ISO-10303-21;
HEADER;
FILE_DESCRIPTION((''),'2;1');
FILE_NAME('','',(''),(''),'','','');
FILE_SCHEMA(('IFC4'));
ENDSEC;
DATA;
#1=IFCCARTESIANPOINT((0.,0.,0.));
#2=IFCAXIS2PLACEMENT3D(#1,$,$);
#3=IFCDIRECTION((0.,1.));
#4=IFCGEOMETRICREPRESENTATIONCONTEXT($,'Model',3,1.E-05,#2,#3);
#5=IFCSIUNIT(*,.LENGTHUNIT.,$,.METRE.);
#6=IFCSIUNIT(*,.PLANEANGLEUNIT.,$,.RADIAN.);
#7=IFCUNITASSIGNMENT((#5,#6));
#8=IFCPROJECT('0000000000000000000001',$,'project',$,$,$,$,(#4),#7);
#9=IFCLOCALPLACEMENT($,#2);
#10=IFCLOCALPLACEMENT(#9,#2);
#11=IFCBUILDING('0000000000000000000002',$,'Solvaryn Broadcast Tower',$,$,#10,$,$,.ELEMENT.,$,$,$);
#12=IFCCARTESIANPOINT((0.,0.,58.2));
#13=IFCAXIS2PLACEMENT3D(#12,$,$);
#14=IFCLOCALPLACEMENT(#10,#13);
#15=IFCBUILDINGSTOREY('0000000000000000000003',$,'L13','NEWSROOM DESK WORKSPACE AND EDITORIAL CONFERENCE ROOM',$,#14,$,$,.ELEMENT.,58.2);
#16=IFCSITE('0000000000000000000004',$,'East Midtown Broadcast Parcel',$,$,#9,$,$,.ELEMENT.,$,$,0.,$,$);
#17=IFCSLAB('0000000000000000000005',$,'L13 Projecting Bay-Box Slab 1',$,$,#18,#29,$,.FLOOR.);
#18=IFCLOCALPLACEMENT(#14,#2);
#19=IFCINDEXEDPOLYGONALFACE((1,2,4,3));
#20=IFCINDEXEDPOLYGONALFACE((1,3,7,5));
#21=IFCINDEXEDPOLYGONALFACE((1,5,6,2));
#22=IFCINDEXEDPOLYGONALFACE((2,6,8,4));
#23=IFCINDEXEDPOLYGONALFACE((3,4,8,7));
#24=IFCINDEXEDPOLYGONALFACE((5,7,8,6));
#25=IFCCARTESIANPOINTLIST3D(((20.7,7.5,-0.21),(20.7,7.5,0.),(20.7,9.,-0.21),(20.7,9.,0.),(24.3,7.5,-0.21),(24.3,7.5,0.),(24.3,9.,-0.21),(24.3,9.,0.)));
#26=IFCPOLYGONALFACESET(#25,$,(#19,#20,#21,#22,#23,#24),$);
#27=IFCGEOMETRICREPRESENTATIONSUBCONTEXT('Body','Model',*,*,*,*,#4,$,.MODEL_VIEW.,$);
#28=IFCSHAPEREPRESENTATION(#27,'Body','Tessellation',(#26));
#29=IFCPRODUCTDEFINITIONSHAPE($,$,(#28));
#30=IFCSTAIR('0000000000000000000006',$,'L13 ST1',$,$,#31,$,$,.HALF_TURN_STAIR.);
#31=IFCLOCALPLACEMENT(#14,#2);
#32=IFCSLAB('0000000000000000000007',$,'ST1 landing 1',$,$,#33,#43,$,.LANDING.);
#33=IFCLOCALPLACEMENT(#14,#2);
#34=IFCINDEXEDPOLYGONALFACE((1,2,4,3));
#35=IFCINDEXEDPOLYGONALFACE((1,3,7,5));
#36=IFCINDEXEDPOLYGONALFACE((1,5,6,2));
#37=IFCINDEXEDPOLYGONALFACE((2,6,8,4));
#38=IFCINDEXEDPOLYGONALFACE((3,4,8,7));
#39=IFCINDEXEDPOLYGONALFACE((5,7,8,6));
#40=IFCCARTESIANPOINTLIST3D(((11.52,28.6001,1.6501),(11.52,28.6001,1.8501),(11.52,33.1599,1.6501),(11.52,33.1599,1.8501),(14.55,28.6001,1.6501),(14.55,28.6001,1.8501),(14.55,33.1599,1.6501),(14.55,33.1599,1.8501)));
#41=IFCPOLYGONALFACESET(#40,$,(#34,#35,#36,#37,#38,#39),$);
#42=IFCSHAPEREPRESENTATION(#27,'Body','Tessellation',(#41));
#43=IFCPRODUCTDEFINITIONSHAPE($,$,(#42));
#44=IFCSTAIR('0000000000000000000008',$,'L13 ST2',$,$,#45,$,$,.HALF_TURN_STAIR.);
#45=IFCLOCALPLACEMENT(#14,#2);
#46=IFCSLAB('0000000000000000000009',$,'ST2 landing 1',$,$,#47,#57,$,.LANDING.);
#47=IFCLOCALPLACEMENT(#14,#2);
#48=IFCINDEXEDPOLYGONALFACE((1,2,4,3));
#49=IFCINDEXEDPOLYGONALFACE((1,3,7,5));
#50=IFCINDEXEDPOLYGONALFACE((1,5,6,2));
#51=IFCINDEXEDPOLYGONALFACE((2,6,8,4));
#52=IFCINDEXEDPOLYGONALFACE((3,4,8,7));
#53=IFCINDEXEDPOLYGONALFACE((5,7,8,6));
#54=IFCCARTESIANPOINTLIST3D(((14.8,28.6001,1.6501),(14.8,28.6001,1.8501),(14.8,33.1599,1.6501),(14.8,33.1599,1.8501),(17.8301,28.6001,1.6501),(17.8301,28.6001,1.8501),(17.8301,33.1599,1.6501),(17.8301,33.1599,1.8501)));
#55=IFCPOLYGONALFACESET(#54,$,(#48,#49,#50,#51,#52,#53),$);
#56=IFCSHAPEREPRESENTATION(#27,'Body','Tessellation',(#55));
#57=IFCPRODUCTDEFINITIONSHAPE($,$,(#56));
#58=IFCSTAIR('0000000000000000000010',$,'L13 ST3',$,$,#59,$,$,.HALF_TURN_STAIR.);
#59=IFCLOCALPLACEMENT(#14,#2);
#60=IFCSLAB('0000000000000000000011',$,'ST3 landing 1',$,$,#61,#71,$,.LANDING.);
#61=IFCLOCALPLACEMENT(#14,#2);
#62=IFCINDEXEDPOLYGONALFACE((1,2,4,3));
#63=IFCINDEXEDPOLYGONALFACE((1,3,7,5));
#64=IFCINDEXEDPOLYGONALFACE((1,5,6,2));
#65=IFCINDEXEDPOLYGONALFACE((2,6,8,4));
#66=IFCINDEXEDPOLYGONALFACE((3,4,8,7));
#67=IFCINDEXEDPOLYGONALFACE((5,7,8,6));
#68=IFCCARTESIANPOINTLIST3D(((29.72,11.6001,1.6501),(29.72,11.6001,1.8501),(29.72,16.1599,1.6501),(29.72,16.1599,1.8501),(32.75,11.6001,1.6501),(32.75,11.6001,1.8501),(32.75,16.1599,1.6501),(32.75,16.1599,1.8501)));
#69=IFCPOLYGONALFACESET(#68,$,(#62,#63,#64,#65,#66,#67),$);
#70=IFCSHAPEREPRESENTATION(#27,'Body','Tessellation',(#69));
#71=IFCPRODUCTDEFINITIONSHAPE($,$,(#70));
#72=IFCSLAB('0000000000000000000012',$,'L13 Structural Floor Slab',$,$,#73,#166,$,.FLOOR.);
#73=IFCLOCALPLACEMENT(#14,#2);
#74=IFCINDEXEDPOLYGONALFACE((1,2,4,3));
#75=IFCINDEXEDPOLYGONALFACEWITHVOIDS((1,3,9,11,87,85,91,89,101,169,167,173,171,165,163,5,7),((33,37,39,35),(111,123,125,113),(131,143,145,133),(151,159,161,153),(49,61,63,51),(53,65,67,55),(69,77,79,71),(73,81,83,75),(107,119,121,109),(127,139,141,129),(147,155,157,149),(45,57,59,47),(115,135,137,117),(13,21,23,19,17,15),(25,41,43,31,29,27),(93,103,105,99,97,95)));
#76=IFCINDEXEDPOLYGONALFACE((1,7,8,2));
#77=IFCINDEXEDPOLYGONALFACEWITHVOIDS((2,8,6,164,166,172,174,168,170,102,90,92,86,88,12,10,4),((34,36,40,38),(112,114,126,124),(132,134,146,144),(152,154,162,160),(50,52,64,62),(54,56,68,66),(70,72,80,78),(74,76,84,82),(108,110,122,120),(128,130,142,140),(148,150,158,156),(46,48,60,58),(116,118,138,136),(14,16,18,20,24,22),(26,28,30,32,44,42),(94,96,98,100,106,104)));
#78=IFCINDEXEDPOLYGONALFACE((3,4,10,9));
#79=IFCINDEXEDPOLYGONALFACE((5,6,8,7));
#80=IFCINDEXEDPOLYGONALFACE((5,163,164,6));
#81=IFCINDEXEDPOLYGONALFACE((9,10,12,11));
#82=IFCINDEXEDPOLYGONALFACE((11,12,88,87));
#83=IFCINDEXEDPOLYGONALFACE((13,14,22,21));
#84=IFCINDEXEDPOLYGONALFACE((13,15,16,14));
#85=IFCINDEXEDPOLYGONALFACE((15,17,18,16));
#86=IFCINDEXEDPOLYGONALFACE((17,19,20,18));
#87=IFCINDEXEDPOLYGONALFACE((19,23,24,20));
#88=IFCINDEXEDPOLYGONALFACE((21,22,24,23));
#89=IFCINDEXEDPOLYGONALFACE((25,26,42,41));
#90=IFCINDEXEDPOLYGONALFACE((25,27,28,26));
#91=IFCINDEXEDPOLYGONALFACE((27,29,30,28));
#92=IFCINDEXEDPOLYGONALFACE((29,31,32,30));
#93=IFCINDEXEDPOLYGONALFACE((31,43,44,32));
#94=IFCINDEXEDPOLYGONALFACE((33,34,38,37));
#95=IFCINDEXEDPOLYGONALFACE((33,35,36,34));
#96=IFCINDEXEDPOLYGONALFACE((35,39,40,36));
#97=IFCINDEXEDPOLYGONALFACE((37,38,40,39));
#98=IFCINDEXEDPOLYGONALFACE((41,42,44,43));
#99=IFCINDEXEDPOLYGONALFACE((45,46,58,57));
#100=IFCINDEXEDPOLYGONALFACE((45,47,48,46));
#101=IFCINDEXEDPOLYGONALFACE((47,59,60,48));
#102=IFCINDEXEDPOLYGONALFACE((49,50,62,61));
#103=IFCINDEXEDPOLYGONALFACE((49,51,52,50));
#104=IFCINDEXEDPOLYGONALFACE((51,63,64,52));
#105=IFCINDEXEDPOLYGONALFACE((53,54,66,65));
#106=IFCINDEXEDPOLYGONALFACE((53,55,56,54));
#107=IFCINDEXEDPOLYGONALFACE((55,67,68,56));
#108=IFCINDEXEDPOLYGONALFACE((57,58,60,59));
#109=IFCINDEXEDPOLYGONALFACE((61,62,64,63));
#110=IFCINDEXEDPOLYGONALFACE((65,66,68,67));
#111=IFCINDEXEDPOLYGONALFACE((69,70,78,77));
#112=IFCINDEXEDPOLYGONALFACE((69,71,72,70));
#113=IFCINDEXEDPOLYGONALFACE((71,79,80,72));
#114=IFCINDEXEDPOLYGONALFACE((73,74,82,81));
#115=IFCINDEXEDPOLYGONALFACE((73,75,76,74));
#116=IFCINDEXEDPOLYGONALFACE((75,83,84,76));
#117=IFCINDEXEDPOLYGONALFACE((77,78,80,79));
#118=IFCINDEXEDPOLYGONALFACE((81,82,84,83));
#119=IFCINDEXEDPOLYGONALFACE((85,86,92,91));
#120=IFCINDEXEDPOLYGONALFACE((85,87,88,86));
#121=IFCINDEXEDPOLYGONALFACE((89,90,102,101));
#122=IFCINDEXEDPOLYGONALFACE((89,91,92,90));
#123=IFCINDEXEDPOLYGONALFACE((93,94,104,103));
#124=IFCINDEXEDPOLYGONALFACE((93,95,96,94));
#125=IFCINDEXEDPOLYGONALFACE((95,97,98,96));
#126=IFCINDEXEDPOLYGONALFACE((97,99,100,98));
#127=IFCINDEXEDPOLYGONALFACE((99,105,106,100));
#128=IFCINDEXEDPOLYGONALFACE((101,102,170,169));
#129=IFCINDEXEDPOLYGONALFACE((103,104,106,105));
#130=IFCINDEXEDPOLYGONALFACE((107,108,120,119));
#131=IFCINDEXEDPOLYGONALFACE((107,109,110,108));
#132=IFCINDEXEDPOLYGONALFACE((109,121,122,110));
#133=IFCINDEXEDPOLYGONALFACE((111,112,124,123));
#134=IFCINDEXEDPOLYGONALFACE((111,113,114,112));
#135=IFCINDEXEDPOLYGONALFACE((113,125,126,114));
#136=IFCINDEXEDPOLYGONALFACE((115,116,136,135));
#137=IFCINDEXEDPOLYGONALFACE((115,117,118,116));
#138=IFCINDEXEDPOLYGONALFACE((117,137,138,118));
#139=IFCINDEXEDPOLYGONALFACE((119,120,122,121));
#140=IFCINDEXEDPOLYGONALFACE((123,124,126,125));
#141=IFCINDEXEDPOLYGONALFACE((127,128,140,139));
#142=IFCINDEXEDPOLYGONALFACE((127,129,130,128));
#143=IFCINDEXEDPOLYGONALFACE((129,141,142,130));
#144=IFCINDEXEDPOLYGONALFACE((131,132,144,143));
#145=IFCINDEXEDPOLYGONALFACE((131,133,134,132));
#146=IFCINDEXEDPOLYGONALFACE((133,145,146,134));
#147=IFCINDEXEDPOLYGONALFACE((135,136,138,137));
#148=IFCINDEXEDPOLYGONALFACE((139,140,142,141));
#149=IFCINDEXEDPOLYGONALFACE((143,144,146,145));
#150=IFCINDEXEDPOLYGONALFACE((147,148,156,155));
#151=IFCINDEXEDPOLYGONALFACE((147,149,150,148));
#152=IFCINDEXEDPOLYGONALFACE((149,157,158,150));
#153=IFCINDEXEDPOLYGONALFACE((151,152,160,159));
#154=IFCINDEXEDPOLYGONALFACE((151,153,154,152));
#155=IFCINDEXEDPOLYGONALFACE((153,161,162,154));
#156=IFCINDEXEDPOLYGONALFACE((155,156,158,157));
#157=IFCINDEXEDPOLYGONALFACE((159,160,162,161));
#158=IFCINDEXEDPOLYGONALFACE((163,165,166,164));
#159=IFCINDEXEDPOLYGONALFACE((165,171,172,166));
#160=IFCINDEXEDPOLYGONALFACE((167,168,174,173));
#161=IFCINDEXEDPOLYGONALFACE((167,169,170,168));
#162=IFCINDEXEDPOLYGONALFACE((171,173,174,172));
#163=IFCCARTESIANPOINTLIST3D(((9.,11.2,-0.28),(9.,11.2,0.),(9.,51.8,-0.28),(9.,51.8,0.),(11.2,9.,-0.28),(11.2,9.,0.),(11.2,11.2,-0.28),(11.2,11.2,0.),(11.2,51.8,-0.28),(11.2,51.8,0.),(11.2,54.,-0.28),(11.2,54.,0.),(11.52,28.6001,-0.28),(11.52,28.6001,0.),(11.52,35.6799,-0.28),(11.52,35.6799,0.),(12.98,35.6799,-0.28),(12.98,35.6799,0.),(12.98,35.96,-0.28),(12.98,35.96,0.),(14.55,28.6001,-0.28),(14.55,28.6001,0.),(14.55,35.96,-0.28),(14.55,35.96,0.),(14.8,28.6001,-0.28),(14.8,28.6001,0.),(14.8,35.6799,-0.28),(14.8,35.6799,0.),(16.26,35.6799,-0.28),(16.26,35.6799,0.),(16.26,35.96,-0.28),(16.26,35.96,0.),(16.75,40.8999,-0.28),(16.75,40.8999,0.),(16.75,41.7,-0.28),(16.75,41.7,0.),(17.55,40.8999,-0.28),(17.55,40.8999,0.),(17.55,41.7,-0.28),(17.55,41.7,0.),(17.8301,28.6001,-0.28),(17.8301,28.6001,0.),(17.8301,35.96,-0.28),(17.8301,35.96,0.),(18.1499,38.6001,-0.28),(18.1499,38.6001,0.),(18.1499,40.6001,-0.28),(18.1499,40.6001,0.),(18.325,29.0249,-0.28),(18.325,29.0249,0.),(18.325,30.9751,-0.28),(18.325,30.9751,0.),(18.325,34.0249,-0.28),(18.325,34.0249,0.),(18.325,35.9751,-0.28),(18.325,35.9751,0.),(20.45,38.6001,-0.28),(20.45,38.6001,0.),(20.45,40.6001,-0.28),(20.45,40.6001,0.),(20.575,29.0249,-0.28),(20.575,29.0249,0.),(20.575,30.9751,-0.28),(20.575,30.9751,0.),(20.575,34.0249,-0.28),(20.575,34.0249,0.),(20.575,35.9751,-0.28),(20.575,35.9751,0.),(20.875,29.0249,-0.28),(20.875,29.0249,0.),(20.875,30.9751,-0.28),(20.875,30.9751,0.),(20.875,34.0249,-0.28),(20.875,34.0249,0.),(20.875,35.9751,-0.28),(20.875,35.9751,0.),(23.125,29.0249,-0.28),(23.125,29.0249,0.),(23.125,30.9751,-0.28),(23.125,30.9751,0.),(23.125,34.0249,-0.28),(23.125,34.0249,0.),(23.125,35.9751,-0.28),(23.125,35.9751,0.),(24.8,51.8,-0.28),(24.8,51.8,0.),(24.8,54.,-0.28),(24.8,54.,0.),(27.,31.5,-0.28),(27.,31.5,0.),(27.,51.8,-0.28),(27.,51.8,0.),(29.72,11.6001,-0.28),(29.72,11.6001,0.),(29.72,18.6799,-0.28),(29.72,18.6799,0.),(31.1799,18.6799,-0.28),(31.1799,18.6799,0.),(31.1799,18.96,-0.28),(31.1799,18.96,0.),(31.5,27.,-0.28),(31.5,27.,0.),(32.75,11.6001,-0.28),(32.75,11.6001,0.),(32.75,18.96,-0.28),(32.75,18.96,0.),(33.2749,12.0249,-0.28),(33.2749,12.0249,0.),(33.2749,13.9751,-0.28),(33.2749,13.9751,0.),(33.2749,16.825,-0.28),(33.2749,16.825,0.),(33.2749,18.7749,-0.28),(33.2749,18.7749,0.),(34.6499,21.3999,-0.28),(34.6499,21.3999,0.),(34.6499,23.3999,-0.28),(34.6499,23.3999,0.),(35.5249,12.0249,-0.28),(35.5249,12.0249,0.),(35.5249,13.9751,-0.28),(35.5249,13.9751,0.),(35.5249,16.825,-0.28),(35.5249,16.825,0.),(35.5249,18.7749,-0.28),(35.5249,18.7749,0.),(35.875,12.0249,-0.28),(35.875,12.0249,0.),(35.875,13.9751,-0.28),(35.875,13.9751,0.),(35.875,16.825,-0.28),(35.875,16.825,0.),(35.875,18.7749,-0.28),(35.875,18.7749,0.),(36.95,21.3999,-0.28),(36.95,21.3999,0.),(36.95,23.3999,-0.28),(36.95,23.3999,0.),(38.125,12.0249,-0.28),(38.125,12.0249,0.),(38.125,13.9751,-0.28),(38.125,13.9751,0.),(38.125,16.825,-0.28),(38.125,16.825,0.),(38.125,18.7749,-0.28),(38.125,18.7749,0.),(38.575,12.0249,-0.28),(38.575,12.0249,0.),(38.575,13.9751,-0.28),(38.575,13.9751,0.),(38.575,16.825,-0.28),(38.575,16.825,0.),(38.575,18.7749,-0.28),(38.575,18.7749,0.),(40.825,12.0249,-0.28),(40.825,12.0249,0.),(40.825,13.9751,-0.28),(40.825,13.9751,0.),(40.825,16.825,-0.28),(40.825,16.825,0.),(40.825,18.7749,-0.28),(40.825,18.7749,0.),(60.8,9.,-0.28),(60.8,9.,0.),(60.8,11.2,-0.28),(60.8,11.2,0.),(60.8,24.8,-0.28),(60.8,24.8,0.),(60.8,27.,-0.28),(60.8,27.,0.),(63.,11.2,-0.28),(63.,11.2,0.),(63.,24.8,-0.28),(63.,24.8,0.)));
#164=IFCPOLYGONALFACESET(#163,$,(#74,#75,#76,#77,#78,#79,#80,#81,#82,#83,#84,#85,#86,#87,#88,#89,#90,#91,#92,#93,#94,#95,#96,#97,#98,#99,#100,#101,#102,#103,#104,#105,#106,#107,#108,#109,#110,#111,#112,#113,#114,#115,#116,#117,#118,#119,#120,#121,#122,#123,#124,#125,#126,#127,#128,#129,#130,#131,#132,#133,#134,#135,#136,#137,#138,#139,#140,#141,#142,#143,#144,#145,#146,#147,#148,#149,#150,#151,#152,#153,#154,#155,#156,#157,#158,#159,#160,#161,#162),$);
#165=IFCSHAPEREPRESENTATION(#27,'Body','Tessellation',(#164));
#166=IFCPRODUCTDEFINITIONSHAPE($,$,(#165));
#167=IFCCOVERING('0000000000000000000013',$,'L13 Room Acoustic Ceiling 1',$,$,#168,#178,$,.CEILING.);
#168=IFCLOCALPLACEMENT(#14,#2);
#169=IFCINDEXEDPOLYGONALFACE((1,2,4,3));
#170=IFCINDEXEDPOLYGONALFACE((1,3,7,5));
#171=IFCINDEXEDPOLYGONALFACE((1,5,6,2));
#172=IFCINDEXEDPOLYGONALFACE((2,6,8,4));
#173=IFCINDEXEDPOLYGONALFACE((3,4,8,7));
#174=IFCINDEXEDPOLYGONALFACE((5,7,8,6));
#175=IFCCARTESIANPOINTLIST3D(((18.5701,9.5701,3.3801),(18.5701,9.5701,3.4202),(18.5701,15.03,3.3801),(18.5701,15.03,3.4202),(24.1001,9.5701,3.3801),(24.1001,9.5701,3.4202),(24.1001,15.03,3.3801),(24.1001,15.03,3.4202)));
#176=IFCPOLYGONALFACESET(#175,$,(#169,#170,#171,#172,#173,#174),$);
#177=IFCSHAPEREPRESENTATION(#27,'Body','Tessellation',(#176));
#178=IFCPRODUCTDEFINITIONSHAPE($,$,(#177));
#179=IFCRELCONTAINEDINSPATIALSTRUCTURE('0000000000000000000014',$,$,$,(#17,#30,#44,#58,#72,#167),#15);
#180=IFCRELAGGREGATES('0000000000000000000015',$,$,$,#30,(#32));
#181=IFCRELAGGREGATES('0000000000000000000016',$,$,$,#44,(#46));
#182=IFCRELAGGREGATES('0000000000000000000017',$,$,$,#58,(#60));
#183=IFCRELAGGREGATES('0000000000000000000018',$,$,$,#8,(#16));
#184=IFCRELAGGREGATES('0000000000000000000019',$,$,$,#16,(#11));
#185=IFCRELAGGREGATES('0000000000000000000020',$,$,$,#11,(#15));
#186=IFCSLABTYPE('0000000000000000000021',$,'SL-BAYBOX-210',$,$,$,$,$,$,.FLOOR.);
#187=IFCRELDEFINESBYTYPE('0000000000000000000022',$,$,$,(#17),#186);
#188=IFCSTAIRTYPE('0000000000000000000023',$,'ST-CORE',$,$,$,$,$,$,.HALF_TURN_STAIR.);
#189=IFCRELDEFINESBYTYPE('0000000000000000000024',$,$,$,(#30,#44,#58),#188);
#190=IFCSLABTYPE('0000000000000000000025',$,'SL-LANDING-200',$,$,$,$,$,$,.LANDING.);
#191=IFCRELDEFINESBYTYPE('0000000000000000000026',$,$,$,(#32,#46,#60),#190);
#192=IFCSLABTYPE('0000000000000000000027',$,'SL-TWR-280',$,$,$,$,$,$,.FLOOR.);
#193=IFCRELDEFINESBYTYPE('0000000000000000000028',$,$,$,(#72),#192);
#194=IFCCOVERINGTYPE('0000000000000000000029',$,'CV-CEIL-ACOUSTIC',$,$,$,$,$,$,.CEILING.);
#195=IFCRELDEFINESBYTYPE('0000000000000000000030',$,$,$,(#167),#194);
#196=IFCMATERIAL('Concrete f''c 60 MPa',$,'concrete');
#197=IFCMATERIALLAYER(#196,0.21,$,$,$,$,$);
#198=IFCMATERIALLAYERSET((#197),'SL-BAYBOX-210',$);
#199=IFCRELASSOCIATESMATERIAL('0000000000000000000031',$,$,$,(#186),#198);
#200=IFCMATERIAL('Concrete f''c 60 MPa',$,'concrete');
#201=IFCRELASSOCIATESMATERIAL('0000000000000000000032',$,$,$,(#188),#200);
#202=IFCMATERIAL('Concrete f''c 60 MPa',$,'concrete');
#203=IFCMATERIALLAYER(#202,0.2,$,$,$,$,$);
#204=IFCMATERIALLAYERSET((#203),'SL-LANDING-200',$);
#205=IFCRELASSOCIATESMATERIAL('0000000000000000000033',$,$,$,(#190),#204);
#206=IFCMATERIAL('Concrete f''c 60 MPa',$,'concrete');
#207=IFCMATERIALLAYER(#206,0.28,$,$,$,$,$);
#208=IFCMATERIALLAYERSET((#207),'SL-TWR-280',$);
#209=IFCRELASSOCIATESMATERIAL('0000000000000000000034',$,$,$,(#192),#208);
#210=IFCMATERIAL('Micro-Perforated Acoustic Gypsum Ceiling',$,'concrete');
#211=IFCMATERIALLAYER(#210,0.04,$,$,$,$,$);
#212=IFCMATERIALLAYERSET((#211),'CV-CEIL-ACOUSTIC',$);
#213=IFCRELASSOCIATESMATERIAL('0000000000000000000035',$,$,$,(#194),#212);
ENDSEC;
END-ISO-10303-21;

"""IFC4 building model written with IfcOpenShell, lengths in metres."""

from ifc_helpers import new_model, si_unit, direction, frame, origin, place, context, subcontext, project, spatial, polyline, outline, extrude, material, layer, layer_set, type_object, element, aggregate, save


model = new_model("IFC4")

# Units and contexts
model_context = context("Model", 3, precision=1e-05, world=origin(), true_north=direction((0.0, 1.0)))
body_context = subcontext(model_context, "Body", "Model", "MODEL_VIEW")
ifc_project = project(units=[si_unit("LENGTHUNIT", "METRE"), si_unit("PLANEANGLEUNIT", "RADIAN")], contexts=[model_context])

# Site, building, storey
site_placement = place(None, origin())
site = spatial("IfcSite", under=ifc_project, at=site_placement, Name="East Midtown Broadcast Parcel", CompositionType="ELEMENT", RefElevation=0.0)
building_placement = place(site_placement, origin())
building = spatial("IfcBuilding", under=site, at=building_placement, Name="Solvaryn Broadcast Tower", CompositionType="ELEMENT")
storey_placement = place(building_placement, frame((0.0, 0.0, 58.2)))
storey = spatial("IfcBuildingStorey", under=building, at=storey_placement, Name="L13", Description="NEWSROOM DESK WORKSPACE AND EDITORIAL CONFERENCE ROOM", CompositionType="ELEMENT", Elevation=58.2)

# Slab
ifc_material_1 = material(Name="Concrete f'c 60 MPa", Category="concrete")
ifc_layer_1 = layer(ifc_material_1, 0.21)
ifc_layer_set_1 = layer_set([ifc_layer_1], Name="SL-BAYBOX-210")
slab_type_1 = type_object("IfcSlabType", Name="SL-BAYBOX-210", PredefinedType="FLOOR", material=ifc_layer_set_1)
slab_1_placement = place(storey_placement, frame((0.0, 0.0, -0.21)))
element("IfcSlab", 1, at=slab_1_placement, inside=storey, type_object=slab_type_1, Name="L13 Projecting Bay-Box Slab 1", PredefinedType="FLOOR", context=body_context, shape_type="SweptSolid", body=[
    extrude(outline(polyline([(20.7, 7.5), (24.3, 7.5), (24.3, 9.0), (20.7, 9.0), (20.7, 7.5)])), origin(), (0.0, 0.0, 1.0), 0.21),
])

# Stairs, slabs
ifc_material_2 = material(Name="Concrete f'c 60 MPa", Category="concrete")
stair_type = type_object("IfcStairType", Name="ST-CORE", PredefinedType="HALF_TURN_STAIR", material=ifc_material_2)
stair_1_placement = place(storey_placement, origin())
stair_1 = element("IfcStair", 2, at=stair_1_placement, inside=storey, type_object=stair_type, Name="L13 ST1", PredefinedType="HALF_TURN_STAIR")
ifc_material_3 = material(Name="Concrete f'c 60 MPa", Category="concrete")
ifc_layer_2 = layer(ifc_material_3, 0.2)
ifc_layer_set_2 = layer_set([ifc_layer_2], Name="SL-LANDING-200")
slab_type_2 = type_object("IfcSlabType", Name="SL-LANDING-200", PredefinedType="LANDING", material=ifc_layer_set_2)
slab_2_placement = place(storey_placement, frame((0.0, 0.0, 1.6501)))
slab_2 = element("IfcSlab", 3, at=slab_2_placement, type_object=slab_type_2, Name="ST1 landing 1", PredefinedType="LANDING", context=body_context, shape_type="SweptSolid", body=[
    extrude(outline(polyline([(11.52, 33.1599), (11.52, 28.6001), (14.55, 28.6001), (14.55, 33.1599), (11.52, 33.1599)])), origin(), (0.0, 0.0, 1.0), 0.2),
])
aggregate(stair_1, [slab_2])
stair_2_placement = place(storey_placement, origin())
stair_2 = element("IfcStair", 4, at=stair_2_placement, inside=storey, type_object=stair_type, Name="L13 ST2", PredefinedType="HALF_TURN_STAIR")
slab_3_placement = place(storey_placement, frame((0.0, 0.0, 1.6501)))
slab_3 = element("IfcSlab", 5, at=slab_3_placement, type_object=slab_type_2, Name="ST2 landing 1", PredefinedType="LANDING", context=body_context, shape_type="SweptSolid", body=[
    extrude(outline(polyline([(14.8, 33.1599), (14.8, 28.6001), (17.8301, 28.6001), (17.8301, 33.1599), (14.8, 33.1599)])), origin(), (0.0, 0.0, 1.0), 0.2),
])
aggregate(stair_2, [slab_3])
stair_3_placement = place(storey_placement, origin())
stair_3 = element("IfcStair", 6, at=stair_3_placement, inside=storey, type_object=stair_type, Name="L13 ST3", PredefinedType="HALF_TURN_STAIR")
slab_4_placement = place(storey_placement, frame((0.0, 0.0, 1.6501)))
slab_4 = element("IfcSlab", 7, at=slab_4_placement, type_object=slab_type_2, Name="ST3 landing 1", PredefinedType="LANDING", context=body_context, shape_type="SweptSolid", body=[
    extrude(outline(polyline([(29.72, 16.1599), (29.72, 11.6001), (32.75, 11.6001), (32.75, 16.1599), (29.72, 16.1599)])), origin(), (0.0, 0.0, 1.0), 0.2),
])
aggregate(stair_3, [slab_4])

# Slab
ifc_material_4 = material(Name="Concrete f'c 60 MPa", Category="concrete")
ifc_layer_3 = layer(ifc_material_4, 0.28)
ifc_layer_set_3 = layer_set([ifc_layer_3], Name="SL-TWR-280")
slab_type_3 = type_object("IfcSlabType", Name="SL-TWR-280", PredefinedType="FLOOR", material=ifc_layer_set_3)
slab_5_placement = place(storey_placement, frame((0.0, 0.0, -0.28)))
element("IfcSlab", 8, at=slab_5_placement, inside=storey, type_object=slab_type_3, Name="L13 Structural Floor Slab", PredefinedType="FLOOR", context=body_context, shape_type="SweptSolid", body=[
    extrude(outline(polyline([(11.2, 9.0), (60.8, 9.0), (60.8, 11.2), (63.0, 11.2), (63.0, 24.8), (60.8, 24.8), (60.8, 27.0), (31.5, 27.0), (27.0, 31.5), (27.0, 51.8), (24.8, 51.8), (24.8, 54.0), (11.2, 54.0), (11.2, 51.8), (9.0, 51.8), (9.0, 11.2), (11.2, 11.2), (11.2, 9.0)]), holes=[polyline([(11.52, 28.6001), (14.55, 28.6001), (14.55, 35.96), (12.98, 35.96), (12.98, 35.6799), (11.52, 35.6799), (11.52, 28.6001)]), polyline([(14.8, 28.6001), (17.8301, 28.6001), (17.8301, 35.96), (16.26, 35.96), (16.26, 35.6799), (14.8, 35.6799), (14.8, 28.6001)]), polyline([(29.72, 11.6001), (32.75, 11.6001), (32.75, 18.96), (31.1799, 18.96), (31.1799, 18.6799), (29.72, 18.6799), (29.72, 11.6001)]), polyline([(18.1499, 38.6001), (20.45, 38.6001), (20.45, 40.6001), (18.1499, 40.6001), (18.1499, 38.6001)]), polyline([(18.325, 29.0249), (20.575, 29.0249), (20.575, 30.9751), (18.325, 30.9751), (18.325, 29.0249)]), polyline([(20.875, 29.0249), (23.125, 29.0249), (23.125, 30.9751), (20.875, 30.9751), (20.875, 29.0249)]), polyline([(18.325, 34.0249), (20.575, 34.0249), (20.575, 35.9751), (18.325, 35.9751), (18.325, 34.0249)]), polyline([(20.875, 34.0249), (23.125, 34.0249), (23.125, 35.9751), (20.875, 35.9751), (20.875, 34.0249)]), polyline([(34.6499, 21.3999), (36.95, 21.3999), (36.95, 23.3999), (34.6499, 23.3999), (34.6499, 21.3999)]), polyline([(33.2749, 12.0249), (35.5249, 12.0249), (35.5249, 13.9751), (33.2749, 13.9751), (33.2749, 12.0249)]), polyline([(35.875, 12.0249), (38.125, 12.0249), (38.125, 13.9751), (35.875, 13.9751), (35.875, 12.0249)]), polyline([(33.2749, 16.825), (35.5249, 16.825), (35.5249, 18.7749), (33.2749, 18.7749), (33.2749, 16.825)]), polyline([(35.875, 16.825), (38.125, 16.825), (38.125, 18.7749), (35.875, 18.7749), (35.875, 16.825)]), polyline([(38.575, 12.0249), (40.825, 12.0249), (40.825, 13.9751), (38.575, 13.9751), (38.575, 12.0249)]), polyline([(38.575, 16.825), (40.825, 16.825), (40.825, 18.7749), (38.575, 18.7749), (38.575, 16.825)]), polyline([(16.75, 40.8999), (17.55, 40.8999), (17.55, 41.7), (16.75, 41.7), (16.75, 40.8999)])]), origin(), (0.0, 0.0, 1.0), 0.28),
])

# Covering
ifc_material_5 = material(Name="Micro-Perforated Acoustic Gypsum Ceiling", Category="concrete")
ifc_layer_4 = layer(ifc_material_5, 0.04)
ifc_layer_set_4 = layer_set([ifc_layer_4], Name="CV-CEIL-ACOUSTIC")
covering_type_1 = type_object("IfcCoveringType", Name="CV-CEIL-ACOUSTIC", PredefinedType="CEILING", material=ifc_layer_set_4)
covering_1_placement = place(storey_placement, frame((0.0, 0.0, 3.3801)))
element("IfcCovering", 9, at=covering_1_placement, inside=storey, type_object=covering_type_1, Name="L13 Room Acoustic Ceiling 1", PredefinedType="CEILING", context=body_context, shape_type="SweptSolid", body=[
    extrude(outline(polyline([(18.5701, 9.5701), (24.1001, 9.5701), (24.1001, 15.03), (18.5701, 15.03), (18.5701, 9.5701)])), origin(), (0.0, 0.0, 1.0), 0.04),
])

save(model, "model.ifc")
